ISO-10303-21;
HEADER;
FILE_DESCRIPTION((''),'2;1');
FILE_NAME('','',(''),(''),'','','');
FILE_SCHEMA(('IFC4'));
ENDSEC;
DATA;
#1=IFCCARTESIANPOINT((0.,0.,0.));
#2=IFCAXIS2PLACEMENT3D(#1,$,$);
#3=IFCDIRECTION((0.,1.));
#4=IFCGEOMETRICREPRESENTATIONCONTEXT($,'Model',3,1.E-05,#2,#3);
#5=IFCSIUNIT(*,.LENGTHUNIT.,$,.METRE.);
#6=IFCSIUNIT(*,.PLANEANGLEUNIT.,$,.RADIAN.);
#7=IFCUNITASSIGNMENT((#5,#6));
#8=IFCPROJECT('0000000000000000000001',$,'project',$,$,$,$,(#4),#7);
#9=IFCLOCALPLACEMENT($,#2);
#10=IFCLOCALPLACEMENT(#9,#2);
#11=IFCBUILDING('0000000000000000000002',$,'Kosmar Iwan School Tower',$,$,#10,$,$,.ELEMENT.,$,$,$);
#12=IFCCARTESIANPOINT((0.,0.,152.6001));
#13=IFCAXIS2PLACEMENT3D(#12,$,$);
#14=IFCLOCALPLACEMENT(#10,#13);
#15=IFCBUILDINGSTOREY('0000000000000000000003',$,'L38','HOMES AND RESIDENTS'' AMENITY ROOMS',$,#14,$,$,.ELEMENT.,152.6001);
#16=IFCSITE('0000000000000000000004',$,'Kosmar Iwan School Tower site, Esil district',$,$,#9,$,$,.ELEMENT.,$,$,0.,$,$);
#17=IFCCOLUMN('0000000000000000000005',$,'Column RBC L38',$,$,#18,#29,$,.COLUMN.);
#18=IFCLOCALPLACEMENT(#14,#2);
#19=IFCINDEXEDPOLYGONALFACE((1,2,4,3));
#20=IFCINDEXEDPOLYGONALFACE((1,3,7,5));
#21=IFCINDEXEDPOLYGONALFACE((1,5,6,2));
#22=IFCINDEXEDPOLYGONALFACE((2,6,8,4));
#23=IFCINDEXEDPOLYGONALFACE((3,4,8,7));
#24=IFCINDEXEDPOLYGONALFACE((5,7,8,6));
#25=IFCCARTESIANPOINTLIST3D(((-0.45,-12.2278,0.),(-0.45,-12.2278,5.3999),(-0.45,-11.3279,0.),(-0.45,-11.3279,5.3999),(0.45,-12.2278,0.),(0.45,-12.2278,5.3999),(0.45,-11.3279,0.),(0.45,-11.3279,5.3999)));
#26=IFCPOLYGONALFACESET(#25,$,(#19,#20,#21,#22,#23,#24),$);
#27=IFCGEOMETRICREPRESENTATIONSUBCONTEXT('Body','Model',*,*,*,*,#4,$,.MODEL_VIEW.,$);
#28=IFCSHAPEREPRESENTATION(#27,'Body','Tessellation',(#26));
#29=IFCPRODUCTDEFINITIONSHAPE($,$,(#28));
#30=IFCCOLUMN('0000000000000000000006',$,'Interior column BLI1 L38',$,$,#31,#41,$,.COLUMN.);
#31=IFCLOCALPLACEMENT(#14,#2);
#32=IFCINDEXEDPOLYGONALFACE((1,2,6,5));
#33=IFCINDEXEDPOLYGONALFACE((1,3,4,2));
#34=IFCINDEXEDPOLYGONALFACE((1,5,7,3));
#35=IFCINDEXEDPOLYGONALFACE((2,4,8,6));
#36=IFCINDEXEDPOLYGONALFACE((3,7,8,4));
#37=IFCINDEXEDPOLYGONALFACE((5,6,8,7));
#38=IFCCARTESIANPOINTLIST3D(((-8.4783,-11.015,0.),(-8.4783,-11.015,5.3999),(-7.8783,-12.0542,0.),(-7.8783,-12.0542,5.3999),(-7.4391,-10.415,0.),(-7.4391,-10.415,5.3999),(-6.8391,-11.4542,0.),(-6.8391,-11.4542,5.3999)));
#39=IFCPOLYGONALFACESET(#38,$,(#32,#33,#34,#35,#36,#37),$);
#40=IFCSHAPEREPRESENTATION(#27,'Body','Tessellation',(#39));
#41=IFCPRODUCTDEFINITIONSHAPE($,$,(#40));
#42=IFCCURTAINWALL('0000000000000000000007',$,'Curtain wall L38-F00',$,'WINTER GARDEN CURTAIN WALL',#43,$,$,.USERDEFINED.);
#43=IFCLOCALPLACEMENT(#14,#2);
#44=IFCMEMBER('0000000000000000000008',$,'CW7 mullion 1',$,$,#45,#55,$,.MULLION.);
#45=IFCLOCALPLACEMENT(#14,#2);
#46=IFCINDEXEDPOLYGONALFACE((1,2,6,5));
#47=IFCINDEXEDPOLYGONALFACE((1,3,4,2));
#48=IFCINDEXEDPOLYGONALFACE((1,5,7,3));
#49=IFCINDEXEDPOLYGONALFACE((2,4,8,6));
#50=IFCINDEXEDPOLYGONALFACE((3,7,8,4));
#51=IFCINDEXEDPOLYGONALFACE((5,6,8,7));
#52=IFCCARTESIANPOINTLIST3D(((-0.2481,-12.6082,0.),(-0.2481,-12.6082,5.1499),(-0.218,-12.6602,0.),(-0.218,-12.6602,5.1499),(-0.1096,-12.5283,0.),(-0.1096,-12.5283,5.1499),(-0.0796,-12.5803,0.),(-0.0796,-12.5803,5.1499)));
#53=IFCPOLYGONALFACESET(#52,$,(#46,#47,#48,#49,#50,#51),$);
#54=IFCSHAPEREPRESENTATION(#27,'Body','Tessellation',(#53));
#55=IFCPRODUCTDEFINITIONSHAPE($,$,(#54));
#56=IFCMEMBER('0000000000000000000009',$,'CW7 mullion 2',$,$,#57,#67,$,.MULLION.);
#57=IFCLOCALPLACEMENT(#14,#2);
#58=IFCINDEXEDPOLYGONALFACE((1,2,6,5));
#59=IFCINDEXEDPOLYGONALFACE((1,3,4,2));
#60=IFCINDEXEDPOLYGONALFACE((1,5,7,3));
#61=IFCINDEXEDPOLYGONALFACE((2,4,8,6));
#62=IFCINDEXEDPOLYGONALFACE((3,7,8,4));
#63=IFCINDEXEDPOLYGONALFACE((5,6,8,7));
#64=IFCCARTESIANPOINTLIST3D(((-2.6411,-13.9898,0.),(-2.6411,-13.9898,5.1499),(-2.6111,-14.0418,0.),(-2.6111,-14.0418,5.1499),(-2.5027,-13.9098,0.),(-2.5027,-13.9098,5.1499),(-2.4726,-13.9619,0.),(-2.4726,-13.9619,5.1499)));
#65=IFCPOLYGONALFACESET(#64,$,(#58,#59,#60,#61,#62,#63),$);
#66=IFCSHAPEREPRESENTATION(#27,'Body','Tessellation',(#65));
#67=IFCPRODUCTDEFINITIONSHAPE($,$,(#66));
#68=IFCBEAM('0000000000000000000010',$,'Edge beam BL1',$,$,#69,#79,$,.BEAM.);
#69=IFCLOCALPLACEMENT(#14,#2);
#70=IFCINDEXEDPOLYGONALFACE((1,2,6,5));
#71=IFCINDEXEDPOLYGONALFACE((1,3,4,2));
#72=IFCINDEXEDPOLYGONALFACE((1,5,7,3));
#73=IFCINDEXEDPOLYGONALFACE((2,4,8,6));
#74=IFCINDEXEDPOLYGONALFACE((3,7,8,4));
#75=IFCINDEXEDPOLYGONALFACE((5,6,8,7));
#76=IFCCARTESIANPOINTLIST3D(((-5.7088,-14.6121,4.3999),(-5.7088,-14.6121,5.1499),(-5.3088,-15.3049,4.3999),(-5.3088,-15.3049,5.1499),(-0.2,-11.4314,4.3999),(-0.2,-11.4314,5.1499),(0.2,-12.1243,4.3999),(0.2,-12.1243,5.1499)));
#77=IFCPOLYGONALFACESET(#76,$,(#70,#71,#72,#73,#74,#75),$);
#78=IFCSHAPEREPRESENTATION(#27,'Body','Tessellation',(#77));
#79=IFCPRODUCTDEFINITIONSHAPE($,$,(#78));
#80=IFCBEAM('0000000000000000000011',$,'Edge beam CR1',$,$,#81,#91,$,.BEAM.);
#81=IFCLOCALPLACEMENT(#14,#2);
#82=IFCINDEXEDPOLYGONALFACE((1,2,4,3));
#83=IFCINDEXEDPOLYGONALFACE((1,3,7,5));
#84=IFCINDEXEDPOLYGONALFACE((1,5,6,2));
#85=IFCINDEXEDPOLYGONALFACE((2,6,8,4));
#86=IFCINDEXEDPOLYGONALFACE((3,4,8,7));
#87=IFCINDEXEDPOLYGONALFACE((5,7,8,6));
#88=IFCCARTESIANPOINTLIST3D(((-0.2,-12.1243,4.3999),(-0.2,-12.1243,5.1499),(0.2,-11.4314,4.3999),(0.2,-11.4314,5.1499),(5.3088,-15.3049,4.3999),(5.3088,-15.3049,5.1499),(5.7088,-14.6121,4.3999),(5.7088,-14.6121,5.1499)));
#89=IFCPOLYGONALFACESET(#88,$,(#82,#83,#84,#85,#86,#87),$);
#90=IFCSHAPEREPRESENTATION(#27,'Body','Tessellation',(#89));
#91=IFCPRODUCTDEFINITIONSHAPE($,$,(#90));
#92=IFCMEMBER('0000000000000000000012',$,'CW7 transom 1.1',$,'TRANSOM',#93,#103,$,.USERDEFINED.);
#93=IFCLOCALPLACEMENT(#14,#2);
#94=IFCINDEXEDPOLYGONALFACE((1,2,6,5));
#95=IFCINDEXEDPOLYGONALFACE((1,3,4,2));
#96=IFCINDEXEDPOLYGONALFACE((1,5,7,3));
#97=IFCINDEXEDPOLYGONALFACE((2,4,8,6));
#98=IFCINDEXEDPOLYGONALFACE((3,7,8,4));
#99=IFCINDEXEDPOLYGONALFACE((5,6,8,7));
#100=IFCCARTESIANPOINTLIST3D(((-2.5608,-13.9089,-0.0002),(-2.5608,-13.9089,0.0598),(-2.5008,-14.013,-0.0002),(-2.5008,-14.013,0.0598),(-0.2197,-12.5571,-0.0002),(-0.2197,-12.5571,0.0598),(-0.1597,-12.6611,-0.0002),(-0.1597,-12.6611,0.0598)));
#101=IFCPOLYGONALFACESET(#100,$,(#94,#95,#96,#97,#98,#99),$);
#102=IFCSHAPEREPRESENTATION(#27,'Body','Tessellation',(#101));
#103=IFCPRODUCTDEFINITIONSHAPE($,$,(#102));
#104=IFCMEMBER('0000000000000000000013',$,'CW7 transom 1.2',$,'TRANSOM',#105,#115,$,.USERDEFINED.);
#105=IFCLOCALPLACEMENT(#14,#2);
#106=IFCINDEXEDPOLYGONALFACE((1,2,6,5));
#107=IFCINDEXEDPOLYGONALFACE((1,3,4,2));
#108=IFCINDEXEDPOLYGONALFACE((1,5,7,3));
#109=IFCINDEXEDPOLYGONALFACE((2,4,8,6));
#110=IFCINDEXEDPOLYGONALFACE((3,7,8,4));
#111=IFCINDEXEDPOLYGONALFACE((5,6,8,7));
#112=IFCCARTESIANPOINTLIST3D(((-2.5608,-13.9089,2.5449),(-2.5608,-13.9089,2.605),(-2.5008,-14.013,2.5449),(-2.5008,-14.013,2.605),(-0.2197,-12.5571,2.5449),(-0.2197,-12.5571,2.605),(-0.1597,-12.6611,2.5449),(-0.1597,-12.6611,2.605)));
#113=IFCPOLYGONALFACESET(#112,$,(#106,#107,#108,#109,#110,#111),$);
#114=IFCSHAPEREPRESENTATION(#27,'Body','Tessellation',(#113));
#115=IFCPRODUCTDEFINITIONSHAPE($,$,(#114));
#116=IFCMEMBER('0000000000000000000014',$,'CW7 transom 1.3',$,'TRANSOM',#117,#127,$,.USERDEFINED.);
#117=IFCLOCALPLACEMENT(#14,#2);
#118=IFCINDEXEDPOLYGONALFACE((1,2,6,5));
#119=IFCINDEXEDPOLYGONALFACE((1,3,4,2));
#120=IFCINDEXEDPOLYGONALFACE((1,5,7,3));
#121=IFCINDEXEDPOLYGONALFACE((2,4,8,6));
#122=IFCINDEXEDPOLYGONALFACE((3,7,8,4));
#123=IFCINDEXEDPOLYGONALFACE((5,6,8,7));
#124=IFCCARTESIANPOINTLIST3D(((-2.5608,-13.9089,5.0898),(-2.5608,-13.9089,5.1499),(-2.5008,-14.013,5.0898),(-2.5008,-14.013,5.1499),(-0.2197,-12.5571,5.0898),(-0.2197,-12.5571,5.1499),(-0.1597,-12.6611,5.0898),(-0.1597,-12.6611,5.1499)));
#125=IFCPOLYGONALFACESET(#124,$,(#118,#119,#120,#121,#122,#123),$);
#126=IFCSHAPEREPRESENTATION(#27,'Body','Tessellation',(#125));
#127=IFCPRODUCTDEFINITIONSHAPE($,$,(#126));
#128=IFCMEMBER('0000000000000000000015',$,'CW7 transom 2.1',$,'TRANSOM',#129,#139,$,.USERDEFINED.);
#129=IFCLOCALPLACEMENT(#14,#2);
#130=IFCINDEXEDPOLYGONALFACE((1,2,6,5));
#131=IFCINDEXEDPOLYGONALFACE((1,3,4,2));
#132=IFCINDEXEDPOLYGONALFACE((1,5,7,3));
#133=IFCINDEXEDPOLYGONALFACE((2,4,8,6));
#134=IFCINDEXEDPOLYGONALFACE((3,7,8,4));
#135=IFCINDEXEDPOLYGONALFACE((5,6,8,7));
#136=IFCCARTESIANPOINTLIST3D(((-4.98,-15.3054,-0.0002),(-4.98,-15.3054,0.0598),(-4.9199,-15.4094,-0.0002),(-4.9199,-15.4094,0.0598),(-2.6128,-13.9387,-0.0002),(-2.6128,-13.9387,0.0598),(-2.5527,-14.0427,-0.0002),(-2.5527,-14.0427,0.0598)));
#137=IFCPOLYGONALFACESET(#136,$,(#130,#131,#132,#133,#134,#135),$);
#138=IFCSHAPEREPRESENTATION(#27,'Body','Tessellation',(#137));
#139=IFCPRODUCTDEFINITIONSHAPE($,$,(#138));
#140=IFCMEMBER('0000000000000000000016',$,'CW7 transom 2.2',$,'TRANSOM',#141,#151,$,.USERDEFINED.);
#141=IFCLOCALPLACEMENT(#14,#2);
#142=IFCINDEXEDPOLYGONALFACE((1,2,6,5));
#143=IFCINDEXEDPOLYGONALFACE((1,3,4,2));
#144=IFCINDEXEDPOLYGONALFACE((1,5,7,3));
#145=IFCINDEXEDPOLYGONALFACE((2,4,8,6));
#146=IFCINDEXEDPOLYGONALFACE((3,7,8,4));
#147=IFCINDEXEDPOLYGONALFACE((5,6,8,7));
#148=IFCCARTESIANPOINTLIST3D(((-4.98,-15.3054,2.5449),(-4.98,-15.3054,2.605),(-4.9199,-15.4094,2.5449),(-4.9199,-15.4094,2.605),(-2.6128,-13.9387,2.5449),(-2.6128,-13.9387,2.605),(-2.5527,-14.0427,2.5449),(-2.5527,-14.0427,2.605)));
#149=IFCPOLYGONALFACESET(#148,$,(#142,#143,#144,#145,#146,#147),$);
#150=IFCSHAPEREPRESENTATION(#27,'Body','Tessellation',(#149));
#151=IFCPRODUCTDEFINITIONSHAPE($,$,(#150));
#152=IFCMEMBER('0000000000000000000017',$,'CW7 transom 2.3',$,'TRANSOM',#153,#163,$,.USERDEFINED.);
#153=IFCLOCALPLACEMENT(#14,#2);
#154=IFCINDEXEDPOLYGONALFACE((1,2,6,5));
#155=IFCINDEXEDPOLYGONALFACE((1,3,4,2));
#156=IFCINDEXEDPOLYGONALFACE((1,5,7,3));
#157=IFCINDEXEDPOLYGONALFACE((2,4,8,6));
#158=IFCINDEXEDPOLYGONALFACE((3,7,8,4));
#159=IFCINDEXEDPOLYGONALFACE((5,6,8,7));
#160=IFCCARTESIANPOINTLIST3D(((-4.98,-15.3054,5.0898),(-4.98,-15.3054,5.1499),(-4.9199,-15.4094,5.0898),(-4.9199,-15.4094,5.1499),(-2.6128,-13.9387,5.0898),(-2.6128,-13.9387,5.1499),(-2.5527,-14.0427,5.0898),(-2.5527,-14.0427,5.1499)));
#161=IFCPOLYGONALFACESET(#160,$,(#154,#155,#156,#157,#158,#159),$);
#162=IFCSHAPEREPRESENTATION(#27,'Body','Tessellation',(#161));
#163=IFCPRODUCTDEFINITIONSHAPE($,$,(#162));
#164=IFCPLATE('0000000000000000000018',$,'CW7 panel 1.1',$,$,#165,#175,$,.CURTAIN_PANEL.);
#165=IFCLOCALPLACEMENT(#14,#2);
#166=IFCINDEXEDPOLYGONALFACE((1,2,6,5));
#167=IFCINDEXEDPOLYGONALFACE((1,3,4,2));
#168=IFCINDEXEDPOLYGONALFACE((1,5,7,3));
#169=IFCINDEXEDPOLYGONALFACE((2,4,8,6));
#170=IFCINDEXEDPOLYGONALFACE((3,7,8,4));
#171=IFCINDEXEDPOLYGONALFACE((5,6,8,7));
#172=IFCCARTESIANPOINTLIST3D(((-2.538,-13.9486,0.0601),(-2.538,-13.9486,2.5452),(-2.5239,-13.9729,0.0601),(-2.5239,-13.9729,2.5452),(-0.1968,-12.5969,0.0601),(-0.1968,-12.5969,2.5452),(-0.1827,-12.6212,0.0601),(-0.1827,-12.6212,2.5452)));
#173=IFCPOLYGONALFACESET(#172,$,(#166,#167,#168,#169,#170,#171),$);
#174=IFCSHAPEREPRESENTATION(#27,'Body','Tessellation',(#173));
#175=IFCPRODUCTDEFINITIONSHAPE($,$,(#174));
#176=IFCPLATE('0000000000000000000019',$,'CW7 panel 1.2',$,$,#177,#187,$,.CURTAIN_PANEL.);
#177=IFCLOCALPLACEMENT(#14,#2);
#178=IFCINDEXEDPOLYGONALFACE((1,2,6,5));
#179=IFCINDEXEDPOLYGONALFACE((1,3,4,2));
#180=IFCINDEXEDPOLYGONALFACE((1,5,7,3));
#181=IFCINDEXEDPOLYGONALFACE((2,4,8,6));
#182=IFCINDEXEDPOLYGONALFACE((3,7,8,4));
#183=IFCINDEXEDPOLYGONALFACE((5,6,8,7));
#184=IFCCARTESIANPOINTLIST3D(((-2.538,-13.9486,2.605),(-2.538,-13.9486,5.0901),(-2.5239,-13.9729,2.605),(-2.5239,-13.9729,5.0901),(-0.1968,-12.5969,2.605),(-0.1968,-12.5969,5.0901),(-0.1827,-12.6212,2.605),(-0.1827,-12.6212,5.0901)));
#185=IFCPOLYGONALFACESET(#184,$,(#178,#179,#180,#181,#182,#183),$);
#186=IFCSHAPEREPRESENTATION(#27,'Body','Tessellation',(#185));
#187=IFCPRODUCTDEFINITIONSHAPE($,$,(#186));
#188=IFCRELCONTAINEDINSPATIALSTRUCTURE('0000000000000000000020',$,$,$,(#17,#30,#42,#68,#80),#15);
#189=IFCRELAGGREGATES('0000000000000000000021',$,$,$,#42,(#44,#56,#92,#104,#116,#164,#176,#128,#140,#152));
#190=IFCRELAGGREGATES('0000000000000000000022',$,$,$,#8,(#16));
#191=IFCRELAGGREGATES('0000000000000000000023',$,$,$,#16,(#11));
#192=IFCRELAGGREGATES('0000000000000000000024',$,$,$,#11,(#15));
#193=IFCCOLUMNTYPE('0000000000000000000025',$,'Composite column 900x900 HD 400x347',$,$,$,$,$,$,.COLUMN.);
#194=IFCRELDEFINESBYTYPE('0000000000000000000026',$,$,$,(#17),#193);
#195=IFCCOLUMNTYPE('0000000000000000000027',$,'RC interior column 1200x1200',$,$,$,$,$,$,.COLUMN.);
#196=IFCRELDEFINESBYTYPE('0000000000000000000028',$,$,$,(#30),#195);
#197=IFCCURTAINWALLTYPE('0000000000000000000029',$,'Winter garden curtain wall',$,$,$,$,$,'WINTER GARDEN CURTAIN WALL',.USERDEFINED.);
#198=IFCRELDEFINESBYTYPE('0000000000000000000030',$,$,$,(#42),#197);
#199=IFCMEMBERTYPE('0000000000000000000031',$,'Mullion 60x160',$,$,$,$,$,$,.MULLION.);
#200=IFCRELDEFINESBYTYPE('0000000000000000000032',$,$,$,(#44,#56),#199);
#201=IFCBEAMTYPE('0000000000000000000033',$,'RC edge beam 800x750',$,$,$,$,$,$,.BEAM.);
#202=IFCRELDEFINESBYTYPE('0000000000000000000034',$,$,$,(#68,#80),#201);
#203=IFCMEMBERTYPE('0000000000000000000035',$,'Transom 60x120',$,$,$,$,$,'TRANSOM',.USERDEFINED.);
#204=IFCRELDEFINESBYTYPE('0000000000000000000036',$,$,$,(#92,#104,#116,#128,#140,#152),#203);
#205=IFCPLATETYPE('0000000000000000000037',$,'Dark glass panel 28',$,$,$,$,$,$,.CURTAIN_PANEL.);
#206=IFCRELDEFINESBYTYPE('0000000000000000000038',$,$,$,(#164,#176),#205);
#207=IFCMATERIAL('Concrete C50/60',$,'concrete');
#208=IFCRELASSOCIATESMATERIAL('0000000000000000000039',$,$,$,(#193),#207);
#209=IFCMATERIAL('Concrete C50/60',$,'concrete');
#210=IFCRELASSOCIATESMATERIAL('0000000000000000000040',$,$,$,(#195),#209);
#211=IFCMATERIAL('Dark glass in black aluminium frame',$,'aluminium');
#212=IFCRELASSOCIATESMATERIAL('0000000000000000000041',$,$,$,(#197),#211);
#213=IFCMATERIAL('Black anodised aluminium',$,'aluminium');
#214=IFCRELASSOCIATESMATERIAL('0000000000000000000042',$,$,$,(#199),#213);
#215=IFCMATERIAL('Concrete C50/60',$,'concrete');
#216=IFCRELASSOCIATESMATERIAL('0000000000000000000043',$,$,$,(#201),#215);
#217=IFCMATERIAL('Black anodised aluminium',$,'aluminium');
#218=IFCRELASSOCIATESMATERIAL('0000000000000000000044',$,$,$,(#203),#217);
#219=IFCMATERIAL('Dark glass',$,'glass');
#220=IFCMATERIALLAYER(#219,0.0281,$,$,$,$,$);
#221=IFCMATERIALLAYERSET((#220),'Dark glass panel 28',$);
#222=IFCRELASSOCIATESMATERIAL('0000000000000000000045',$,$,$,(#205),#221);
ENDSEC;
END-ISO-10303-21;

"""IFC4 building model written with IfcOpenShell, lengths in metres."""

from ifc_helpers import new_model, si_unit, direction, frame, origin, origin_2d, place, context, subcontext, project, spatial, rectangle, extrude, material, layer, layer_set, material_profile, profile_set, type_object, element, aggregate, save


model = new_model("IFC4")

# Units and contexts
model_context = context("Model", 3, precision=1e-05, world=origin(), true_north=direction((0.0, 1.0)))
body_context = subcontext(model_context, "Body", "Model", "MODEL_VIEW")
ifc_project = project(units=[si_unit("LENGTHUNIT", "METRE"), si_unit("PLANEANGLEUNIT", "RADIAN")], contexts=[model_context])

# Site, building, storey
site_placement = place(None, origin())
site = spatial("IfcSite", under=ifc_project, at=site_placement, Name="Kosmar Iwan School Tower site, Esil district", CompositionType="ELEMENT", RefElevation=0.0)
building_placement = place(site_placement, origin())
building = spatial("IfcBuilding", under=site, at=building_placement, Name="Kosmar Iwan School Tower", CompositionType="ELEMENT")
storey_placement = place(building_placement, frame((0.0, 0.0, 152.6001)))
storey = spatial("IfcBuildingStorey", under=building, at=storey_placement, Name="L38", Description="HOMES AND RESIDENTS' AMENITY ROOMS", CompositionType="ELEMENT", Elevation=152.6001)

# Columns
ifc_material_1 = material(Name="Concrete C50/60", Category="concrete")
ifc_material_profile_1 = material_profile(ifc_material_1, rectangle(XDim=0.8999, YDim=0.8999, at=origin_2d()), Name="RC 900x900 + HD 400x347")
ifc_profile_set_1 = profile_set([ifc_material_profile_1], Name="Concrete C50/60")
column_type_1 = type_object("IfcColumnType", Name="Composite column 900x900 HD 400x347", PredefinedType="COLUMN", material=ifc_profile_set_1)
column_1_placement = place(storey_placement, frame((0.0, -11.7778, 0.0), z_axis=(0.0, 0.0, 1.0), x_axis=(1.0, 0.0, 0.0)))
element("IfcColumn", 1, at=column_1_placement, inside=storey, type_object=column_type_1, Name="Column RBC L38", PredefinedType="COLUMN", context=body_context, shape_type="SweptSolid", body=[
    extrude(rectangle(XDim=0.8999, YDim=0.8999, at=origin_2d()), origin(), (0.0, 0.0, 1.0), 5.3999),
])
ifc_material_2 = material(Name="Concrete C50/60", Category="concrete")
ifc_material_profile_2 = material_profile(ifc_material_2, rectangle(XDim=1.2, YDim=1.2, at=origin_2d()), Name="RC 1200x1200")
ifc_profile_set_2 = profile_set([ifc_material_profile_2], Name="Concrete C50/60")
column_type_2 = type_object("IfcColumnType", Name="RC interior column 1200x1200", PredefinedType="COLUMN", material=ifc_profile_set_2)
column_2_placement = place(storey_placement, frame((-7.6587, -11.2346, 0.0), z_axis=(0.0, 0.0, 1.0), x_axis=(-0.866025, -0.5, 0.0)))
element("IfcColumn", 2, at=column_2_placement, inside=storey, type_object=column_type_2, Name="Interior column BLI1 L38", PredefinedType="COLUMN", context=body_context, shape_type="SweptSolid", body=[
    extrude(rectangle(XDim=1.2, YDim=1.2, at=origin_2d()), origin(), (0.0, 0.0, 1.0), 5.3999),
])

# Curtain wall, members
ifc_material_3 = material(Name="Dark glass in black aluminium frame", Category="aluminium")
curtain_wall_type = type_object("IfcCurtainWallType", Name="Winter garden curtain wall", ElementType="WINTER GARDEN CURTAIN WALL", PredefinedType="USERDEFINED", material=ifc_material_3)
curtain_wall_placement = place(storey_placement, origin())
curtain_wall = element("IfcCurtainWall", 3, at=curtain_wall_placement, inside=storey, type_object=curtain_wall_type, Name="Curtain wall L38-F00", ObjectType="WINTER GARDEN CURTAIN WALL", PredefinedType="USERDEFINED")
ifc_material_4 = material(Name="Black anodised aluminium", Category="aluminium")
ifc_material_profile_3 = material_profile(ifc_material_4, rectangle(XDim=0.0601, YDim=0.1599, at=origin_2d()), Name="MULLION 60x160")
ifc_profile_set_3 = profile_set([ifc_material_profile_3], Name="Black anodised aluminium")
member_type_1 = type_object("IfcMemberType", Name="Mullion 60x160", PredefinedType="MULLION", material=ifc_profile_set_3)
member_1_placement = place(storey_placement, frame((-0.1638, -12.5942, 0.0), z_axis=(0.0, 0.0, 1.0), x_axis=(0.5, -0.866025, 0.0)))
member_1 = element("IfcMember", 4, at=member_1_placement, type_object=member_type_1, Name="CW7 mullion 1", PredefinedType="MULLION", context=body_context, shape_type="SweptSolid", body=[
    extrude(rectangle(XDim=0.0601, YDim=0.1599, at=origin_2d()), origin(), (0.0, 0.0, 1.0), 5.1499),
])
member_2_placement = place(storey_placement, frame((-2.5569, -13.9758, 0.0), z_axis=(0.0, 0.0, 1.0), x_axis=(0.5, -0.866025, 0.0)))
member_2 = element("IfcMember", 5, at=member_2_placement, type_object=member_type_1, Name="CW7 mullion 2", PredefinedType="MULLION", context=body_context, shape_type="SweptSolid", body=[
    extrude(rectangle(XDim=0.0601, YDim=0.1599, at=origin_2d()), origin(), (0.0, 0.0, 1.0), 5.1499),
])

# Beams
ifc_material_5 = material(Name="Concrete C50/60", Category="concrete")
ifc_material_profile_4 = material_profile(ifc_material_5, rectangle(XDim=0.8, YDim=0.75, at=origin_2d()), Name="RC 800x750")
ifc_profile_set_4 = profile_set([ifc_material_profile_4], Name="Concrete C50/60")
beam_type = type_object("IfcBeamType", Name="RC edge beam 800x750", PredefinedType="BEAM", material=ifc_profile_set_4)
for number, where, z_axis, x_axis, name in (
    (6, (0.0, -11.7778, 4.7749), (-0.866014, -0.500019, 0.0), (0.500019, -0.866014, 0.0), "Edge beam BL1"),
    (7, (0.0, -11.7778, 4.7749), (0.866014, -0.500019, 0.0), (0.500019, 0.866014, 0.0), "Edge beam CR1"),
):
    element("IfcBeam", number, at=place(storey_placement, frame(where, z_axis=z_axis, x_axis=x_axis)), inside=storey, type_object=beam_type, Name=name, PredefinedType="BEAM", context=body_context, shape_type="SweptSolid", body=[
        extrude(rectangle(XDim=0.8, YDim=0.75, at=origin_2d()), origin(), (0.0, 0.0, 1.0), 6.3611),
    ])

# Members
ifc_material_6 = material(Name="Black anodised aluminium", Category="aluminium")
ifc_material_profile_5 = material_profile(ifc_material_6, rectangle(XDim=0.1201, YDim=0.0601, at=origin_2d()), Name="TRANSOM 60x120")
ifc_profile_set_5 = profile_set([ifc_material_profile_5], Name="Black anodised aluminium")
member_type_2 = type_object("IfcMemberType", Name="Transom 60x120", ElementType="TRANSOM", PredefinedType="USERDEFINED", material=ifc_profile_set_5)
member_3_placement = place(storey_placement, frame((-0.1897, -12.6091, 0.0298), z_axis=(-0.865995, -0.500053, 0.0), x_axis=(0.500053, -0.865995, 0.0)))
member_3 = element("IfcMember", 8, at=member_3_placement, type_object=member_type_2, Name="CW7 transom 1.1", ObjectType="TRANSOM", PredefinedType="USERDEFINED", context=body_context, shape_type="SweptSolid", body=[
    extrude(rectangle(XDim=0.1201, YDim=0.0601, at=origin_2d()), origin(), (0.0, 0.0, 1.0), 2.7034),
])
member_4_placement = place(storey_placement, frame((-0.1897, -12.6091, 2.575), z_axis=(-0.865995, -0.500053, 0.0), x_axis=(0.500053, -0.865995, 0.0)))
member_4 = element("IfcMember", 9, at=member_4_placement, type_object=member_type_2, Name="CW7 transom 1.2", ObjectType="TRANSOM", PredefinedType="USERDEFINED", context=body_context, shape_type="SweptSolid", body=[
    extrude(rectangle(XDim=0.1201, YDim=0.0601, at=origin_2d()), origin(), (0.0, 0.0, 1.0), 2.7034),
])
member_5_placement = place(storey_placement, frame((-0.1897, -12.6091, 5.1199), z_axis=(-0.865995, -0.500053, 0.0), x_axis=(0.500053, -0.865995, 0.0)))
member_5 = element("IfcMember", 10, at=member_5_placement, type_object=member_type_2, Name="CW7 transom 1.3", ObjectType="TRANSOM", PredefinedType="USERDEFINED", context=body_context, shape_type="SweptSolid", body=[
    extrude(rectangle(XDim=0.1201, YDim=0.0601, at=origin_2d()), origin(), (0.0, 0.0, 1.0), 2.7034),
])
member_6_placement = place(storey_placement, frame((-2.5828, -13.9907, 0.0298), z_axis=(-0.866025, -0.500001, 0.0), x_axis=(0.500001, -0.866025, 0.0)))
member_6 = element("IfcMember", 11, at=member_6_placement, type_object=member_type_2, Name="CW7 transom 2.1", ObjectType="TRANSOM", PredefinedType="USERDEFINED", context=body_context, shape_type="SweptSolid", body=[
    extrude(rectangle(XDim=0.1201, YDim=0.0601, at=origin_2d()), origin(), (0.0, 0.0, 1.0), 2.7334),
])
member_7_placement = place(storey_placement, frame((-2.5828, -13.9907, 2.575), z_axis=(-0.866025, -0.500001, 0.0), x_axis=(0.500001, -0.866025, 0.0)))
member_7 = element("IfcMember", 12, at=member_7_placement, type_object=member_type_2, Name="CW7 transom 2.2", ObjectType="TRANSOM", PredefinedType="USERDEFINED", context=body_context, shape_type="SweptSolid", body=[
    extrude(rectangle(XDim=0.1201, YDim=0.0601, at=origin_2d()), origin(), (0.0, 0.0, 1.0), 2.7334),
])
member_8_placement = place(storey_placement, frame((-2.5828, -13.9907, 5.1199), z_axis=(-0.866025, -0.500001, 0.0), x_axis=(0.500001, -0.866025, 0.0)))
member_8 = element("IfcMember", 13, at=member_8_placement, type_object=member_type_2, Name="CW7 transom 2.3", ObjectType="TRANSOM", PredefinedType="USERDEFINED", context=body_context, shape_type="SweptSolid", body=[
    extrude(rectangle(XDim=0.1201, YDim=0.0601, at=origin_2d()), origin(), (0.0, 0.0, 1.0), 2.7334),
])

# Plates
ifc_material_7 = material(Name="Dark glass", Category="glass")
ifc_layer_1 = layer(ifc_material_7, 0.0281)
ifc_layer_set_1 = layer_set([ifc_layer_1], Name="Dark glass panel 28")
plate_type = type_object("IfcPlateType", Name="Dark glass panel 28", PredefinedType="CURTAIN_PANEL", material=ifc_layer_set_1)
plate_1_placement = place(storey_placement, frame((-1.3604, -13.2849, 0.0601), z_axis=(0.0, 0.0, 1.0), x_axis=(-0.866025, -0.5, 0.0)))
plate_1 = element("IfcPlate", 14, at=plate_1_placement, type_object=plate_type, Name="CW7 panel 1.1", PredefinedType="CURTAIN_PANEL", context=body_context, shape_type="SweptSolid", body=[
    extrude(rectangle(XDim=2.7034, YDim=0.0281, at=origin_2d()), origin(), (0.0, 0.0, 1.0), 2.4851),
])
plate_2_placement = place(storey_placement, frame((-1.3604, -13.2849, 2.605), z_axis=(0.0, 0.0, 1.0), x_axis=(-0.866025, -0.5, 0.0)))
plate_2 = element("IfcPlate", 15, at=plate_2_placement, type_object=plate_type, Name="CW7 panel 1.2", PredefinedType="CURTAIN_PANEL", context=body_context, shape_type="SweptSolid", body=[
    extrude(rectangle(XDim=2.7034, YDim=0.0281, at=origin_2d()), origin(), (0.0, 0.0, 1.0), 2.4851),
])
aggregate(curtain_wall, [member_1, member_2, member_3, member_4, member_5, plate_1, plate_2, member_6, member_7, member_8])

save(model, "model.ifc")
